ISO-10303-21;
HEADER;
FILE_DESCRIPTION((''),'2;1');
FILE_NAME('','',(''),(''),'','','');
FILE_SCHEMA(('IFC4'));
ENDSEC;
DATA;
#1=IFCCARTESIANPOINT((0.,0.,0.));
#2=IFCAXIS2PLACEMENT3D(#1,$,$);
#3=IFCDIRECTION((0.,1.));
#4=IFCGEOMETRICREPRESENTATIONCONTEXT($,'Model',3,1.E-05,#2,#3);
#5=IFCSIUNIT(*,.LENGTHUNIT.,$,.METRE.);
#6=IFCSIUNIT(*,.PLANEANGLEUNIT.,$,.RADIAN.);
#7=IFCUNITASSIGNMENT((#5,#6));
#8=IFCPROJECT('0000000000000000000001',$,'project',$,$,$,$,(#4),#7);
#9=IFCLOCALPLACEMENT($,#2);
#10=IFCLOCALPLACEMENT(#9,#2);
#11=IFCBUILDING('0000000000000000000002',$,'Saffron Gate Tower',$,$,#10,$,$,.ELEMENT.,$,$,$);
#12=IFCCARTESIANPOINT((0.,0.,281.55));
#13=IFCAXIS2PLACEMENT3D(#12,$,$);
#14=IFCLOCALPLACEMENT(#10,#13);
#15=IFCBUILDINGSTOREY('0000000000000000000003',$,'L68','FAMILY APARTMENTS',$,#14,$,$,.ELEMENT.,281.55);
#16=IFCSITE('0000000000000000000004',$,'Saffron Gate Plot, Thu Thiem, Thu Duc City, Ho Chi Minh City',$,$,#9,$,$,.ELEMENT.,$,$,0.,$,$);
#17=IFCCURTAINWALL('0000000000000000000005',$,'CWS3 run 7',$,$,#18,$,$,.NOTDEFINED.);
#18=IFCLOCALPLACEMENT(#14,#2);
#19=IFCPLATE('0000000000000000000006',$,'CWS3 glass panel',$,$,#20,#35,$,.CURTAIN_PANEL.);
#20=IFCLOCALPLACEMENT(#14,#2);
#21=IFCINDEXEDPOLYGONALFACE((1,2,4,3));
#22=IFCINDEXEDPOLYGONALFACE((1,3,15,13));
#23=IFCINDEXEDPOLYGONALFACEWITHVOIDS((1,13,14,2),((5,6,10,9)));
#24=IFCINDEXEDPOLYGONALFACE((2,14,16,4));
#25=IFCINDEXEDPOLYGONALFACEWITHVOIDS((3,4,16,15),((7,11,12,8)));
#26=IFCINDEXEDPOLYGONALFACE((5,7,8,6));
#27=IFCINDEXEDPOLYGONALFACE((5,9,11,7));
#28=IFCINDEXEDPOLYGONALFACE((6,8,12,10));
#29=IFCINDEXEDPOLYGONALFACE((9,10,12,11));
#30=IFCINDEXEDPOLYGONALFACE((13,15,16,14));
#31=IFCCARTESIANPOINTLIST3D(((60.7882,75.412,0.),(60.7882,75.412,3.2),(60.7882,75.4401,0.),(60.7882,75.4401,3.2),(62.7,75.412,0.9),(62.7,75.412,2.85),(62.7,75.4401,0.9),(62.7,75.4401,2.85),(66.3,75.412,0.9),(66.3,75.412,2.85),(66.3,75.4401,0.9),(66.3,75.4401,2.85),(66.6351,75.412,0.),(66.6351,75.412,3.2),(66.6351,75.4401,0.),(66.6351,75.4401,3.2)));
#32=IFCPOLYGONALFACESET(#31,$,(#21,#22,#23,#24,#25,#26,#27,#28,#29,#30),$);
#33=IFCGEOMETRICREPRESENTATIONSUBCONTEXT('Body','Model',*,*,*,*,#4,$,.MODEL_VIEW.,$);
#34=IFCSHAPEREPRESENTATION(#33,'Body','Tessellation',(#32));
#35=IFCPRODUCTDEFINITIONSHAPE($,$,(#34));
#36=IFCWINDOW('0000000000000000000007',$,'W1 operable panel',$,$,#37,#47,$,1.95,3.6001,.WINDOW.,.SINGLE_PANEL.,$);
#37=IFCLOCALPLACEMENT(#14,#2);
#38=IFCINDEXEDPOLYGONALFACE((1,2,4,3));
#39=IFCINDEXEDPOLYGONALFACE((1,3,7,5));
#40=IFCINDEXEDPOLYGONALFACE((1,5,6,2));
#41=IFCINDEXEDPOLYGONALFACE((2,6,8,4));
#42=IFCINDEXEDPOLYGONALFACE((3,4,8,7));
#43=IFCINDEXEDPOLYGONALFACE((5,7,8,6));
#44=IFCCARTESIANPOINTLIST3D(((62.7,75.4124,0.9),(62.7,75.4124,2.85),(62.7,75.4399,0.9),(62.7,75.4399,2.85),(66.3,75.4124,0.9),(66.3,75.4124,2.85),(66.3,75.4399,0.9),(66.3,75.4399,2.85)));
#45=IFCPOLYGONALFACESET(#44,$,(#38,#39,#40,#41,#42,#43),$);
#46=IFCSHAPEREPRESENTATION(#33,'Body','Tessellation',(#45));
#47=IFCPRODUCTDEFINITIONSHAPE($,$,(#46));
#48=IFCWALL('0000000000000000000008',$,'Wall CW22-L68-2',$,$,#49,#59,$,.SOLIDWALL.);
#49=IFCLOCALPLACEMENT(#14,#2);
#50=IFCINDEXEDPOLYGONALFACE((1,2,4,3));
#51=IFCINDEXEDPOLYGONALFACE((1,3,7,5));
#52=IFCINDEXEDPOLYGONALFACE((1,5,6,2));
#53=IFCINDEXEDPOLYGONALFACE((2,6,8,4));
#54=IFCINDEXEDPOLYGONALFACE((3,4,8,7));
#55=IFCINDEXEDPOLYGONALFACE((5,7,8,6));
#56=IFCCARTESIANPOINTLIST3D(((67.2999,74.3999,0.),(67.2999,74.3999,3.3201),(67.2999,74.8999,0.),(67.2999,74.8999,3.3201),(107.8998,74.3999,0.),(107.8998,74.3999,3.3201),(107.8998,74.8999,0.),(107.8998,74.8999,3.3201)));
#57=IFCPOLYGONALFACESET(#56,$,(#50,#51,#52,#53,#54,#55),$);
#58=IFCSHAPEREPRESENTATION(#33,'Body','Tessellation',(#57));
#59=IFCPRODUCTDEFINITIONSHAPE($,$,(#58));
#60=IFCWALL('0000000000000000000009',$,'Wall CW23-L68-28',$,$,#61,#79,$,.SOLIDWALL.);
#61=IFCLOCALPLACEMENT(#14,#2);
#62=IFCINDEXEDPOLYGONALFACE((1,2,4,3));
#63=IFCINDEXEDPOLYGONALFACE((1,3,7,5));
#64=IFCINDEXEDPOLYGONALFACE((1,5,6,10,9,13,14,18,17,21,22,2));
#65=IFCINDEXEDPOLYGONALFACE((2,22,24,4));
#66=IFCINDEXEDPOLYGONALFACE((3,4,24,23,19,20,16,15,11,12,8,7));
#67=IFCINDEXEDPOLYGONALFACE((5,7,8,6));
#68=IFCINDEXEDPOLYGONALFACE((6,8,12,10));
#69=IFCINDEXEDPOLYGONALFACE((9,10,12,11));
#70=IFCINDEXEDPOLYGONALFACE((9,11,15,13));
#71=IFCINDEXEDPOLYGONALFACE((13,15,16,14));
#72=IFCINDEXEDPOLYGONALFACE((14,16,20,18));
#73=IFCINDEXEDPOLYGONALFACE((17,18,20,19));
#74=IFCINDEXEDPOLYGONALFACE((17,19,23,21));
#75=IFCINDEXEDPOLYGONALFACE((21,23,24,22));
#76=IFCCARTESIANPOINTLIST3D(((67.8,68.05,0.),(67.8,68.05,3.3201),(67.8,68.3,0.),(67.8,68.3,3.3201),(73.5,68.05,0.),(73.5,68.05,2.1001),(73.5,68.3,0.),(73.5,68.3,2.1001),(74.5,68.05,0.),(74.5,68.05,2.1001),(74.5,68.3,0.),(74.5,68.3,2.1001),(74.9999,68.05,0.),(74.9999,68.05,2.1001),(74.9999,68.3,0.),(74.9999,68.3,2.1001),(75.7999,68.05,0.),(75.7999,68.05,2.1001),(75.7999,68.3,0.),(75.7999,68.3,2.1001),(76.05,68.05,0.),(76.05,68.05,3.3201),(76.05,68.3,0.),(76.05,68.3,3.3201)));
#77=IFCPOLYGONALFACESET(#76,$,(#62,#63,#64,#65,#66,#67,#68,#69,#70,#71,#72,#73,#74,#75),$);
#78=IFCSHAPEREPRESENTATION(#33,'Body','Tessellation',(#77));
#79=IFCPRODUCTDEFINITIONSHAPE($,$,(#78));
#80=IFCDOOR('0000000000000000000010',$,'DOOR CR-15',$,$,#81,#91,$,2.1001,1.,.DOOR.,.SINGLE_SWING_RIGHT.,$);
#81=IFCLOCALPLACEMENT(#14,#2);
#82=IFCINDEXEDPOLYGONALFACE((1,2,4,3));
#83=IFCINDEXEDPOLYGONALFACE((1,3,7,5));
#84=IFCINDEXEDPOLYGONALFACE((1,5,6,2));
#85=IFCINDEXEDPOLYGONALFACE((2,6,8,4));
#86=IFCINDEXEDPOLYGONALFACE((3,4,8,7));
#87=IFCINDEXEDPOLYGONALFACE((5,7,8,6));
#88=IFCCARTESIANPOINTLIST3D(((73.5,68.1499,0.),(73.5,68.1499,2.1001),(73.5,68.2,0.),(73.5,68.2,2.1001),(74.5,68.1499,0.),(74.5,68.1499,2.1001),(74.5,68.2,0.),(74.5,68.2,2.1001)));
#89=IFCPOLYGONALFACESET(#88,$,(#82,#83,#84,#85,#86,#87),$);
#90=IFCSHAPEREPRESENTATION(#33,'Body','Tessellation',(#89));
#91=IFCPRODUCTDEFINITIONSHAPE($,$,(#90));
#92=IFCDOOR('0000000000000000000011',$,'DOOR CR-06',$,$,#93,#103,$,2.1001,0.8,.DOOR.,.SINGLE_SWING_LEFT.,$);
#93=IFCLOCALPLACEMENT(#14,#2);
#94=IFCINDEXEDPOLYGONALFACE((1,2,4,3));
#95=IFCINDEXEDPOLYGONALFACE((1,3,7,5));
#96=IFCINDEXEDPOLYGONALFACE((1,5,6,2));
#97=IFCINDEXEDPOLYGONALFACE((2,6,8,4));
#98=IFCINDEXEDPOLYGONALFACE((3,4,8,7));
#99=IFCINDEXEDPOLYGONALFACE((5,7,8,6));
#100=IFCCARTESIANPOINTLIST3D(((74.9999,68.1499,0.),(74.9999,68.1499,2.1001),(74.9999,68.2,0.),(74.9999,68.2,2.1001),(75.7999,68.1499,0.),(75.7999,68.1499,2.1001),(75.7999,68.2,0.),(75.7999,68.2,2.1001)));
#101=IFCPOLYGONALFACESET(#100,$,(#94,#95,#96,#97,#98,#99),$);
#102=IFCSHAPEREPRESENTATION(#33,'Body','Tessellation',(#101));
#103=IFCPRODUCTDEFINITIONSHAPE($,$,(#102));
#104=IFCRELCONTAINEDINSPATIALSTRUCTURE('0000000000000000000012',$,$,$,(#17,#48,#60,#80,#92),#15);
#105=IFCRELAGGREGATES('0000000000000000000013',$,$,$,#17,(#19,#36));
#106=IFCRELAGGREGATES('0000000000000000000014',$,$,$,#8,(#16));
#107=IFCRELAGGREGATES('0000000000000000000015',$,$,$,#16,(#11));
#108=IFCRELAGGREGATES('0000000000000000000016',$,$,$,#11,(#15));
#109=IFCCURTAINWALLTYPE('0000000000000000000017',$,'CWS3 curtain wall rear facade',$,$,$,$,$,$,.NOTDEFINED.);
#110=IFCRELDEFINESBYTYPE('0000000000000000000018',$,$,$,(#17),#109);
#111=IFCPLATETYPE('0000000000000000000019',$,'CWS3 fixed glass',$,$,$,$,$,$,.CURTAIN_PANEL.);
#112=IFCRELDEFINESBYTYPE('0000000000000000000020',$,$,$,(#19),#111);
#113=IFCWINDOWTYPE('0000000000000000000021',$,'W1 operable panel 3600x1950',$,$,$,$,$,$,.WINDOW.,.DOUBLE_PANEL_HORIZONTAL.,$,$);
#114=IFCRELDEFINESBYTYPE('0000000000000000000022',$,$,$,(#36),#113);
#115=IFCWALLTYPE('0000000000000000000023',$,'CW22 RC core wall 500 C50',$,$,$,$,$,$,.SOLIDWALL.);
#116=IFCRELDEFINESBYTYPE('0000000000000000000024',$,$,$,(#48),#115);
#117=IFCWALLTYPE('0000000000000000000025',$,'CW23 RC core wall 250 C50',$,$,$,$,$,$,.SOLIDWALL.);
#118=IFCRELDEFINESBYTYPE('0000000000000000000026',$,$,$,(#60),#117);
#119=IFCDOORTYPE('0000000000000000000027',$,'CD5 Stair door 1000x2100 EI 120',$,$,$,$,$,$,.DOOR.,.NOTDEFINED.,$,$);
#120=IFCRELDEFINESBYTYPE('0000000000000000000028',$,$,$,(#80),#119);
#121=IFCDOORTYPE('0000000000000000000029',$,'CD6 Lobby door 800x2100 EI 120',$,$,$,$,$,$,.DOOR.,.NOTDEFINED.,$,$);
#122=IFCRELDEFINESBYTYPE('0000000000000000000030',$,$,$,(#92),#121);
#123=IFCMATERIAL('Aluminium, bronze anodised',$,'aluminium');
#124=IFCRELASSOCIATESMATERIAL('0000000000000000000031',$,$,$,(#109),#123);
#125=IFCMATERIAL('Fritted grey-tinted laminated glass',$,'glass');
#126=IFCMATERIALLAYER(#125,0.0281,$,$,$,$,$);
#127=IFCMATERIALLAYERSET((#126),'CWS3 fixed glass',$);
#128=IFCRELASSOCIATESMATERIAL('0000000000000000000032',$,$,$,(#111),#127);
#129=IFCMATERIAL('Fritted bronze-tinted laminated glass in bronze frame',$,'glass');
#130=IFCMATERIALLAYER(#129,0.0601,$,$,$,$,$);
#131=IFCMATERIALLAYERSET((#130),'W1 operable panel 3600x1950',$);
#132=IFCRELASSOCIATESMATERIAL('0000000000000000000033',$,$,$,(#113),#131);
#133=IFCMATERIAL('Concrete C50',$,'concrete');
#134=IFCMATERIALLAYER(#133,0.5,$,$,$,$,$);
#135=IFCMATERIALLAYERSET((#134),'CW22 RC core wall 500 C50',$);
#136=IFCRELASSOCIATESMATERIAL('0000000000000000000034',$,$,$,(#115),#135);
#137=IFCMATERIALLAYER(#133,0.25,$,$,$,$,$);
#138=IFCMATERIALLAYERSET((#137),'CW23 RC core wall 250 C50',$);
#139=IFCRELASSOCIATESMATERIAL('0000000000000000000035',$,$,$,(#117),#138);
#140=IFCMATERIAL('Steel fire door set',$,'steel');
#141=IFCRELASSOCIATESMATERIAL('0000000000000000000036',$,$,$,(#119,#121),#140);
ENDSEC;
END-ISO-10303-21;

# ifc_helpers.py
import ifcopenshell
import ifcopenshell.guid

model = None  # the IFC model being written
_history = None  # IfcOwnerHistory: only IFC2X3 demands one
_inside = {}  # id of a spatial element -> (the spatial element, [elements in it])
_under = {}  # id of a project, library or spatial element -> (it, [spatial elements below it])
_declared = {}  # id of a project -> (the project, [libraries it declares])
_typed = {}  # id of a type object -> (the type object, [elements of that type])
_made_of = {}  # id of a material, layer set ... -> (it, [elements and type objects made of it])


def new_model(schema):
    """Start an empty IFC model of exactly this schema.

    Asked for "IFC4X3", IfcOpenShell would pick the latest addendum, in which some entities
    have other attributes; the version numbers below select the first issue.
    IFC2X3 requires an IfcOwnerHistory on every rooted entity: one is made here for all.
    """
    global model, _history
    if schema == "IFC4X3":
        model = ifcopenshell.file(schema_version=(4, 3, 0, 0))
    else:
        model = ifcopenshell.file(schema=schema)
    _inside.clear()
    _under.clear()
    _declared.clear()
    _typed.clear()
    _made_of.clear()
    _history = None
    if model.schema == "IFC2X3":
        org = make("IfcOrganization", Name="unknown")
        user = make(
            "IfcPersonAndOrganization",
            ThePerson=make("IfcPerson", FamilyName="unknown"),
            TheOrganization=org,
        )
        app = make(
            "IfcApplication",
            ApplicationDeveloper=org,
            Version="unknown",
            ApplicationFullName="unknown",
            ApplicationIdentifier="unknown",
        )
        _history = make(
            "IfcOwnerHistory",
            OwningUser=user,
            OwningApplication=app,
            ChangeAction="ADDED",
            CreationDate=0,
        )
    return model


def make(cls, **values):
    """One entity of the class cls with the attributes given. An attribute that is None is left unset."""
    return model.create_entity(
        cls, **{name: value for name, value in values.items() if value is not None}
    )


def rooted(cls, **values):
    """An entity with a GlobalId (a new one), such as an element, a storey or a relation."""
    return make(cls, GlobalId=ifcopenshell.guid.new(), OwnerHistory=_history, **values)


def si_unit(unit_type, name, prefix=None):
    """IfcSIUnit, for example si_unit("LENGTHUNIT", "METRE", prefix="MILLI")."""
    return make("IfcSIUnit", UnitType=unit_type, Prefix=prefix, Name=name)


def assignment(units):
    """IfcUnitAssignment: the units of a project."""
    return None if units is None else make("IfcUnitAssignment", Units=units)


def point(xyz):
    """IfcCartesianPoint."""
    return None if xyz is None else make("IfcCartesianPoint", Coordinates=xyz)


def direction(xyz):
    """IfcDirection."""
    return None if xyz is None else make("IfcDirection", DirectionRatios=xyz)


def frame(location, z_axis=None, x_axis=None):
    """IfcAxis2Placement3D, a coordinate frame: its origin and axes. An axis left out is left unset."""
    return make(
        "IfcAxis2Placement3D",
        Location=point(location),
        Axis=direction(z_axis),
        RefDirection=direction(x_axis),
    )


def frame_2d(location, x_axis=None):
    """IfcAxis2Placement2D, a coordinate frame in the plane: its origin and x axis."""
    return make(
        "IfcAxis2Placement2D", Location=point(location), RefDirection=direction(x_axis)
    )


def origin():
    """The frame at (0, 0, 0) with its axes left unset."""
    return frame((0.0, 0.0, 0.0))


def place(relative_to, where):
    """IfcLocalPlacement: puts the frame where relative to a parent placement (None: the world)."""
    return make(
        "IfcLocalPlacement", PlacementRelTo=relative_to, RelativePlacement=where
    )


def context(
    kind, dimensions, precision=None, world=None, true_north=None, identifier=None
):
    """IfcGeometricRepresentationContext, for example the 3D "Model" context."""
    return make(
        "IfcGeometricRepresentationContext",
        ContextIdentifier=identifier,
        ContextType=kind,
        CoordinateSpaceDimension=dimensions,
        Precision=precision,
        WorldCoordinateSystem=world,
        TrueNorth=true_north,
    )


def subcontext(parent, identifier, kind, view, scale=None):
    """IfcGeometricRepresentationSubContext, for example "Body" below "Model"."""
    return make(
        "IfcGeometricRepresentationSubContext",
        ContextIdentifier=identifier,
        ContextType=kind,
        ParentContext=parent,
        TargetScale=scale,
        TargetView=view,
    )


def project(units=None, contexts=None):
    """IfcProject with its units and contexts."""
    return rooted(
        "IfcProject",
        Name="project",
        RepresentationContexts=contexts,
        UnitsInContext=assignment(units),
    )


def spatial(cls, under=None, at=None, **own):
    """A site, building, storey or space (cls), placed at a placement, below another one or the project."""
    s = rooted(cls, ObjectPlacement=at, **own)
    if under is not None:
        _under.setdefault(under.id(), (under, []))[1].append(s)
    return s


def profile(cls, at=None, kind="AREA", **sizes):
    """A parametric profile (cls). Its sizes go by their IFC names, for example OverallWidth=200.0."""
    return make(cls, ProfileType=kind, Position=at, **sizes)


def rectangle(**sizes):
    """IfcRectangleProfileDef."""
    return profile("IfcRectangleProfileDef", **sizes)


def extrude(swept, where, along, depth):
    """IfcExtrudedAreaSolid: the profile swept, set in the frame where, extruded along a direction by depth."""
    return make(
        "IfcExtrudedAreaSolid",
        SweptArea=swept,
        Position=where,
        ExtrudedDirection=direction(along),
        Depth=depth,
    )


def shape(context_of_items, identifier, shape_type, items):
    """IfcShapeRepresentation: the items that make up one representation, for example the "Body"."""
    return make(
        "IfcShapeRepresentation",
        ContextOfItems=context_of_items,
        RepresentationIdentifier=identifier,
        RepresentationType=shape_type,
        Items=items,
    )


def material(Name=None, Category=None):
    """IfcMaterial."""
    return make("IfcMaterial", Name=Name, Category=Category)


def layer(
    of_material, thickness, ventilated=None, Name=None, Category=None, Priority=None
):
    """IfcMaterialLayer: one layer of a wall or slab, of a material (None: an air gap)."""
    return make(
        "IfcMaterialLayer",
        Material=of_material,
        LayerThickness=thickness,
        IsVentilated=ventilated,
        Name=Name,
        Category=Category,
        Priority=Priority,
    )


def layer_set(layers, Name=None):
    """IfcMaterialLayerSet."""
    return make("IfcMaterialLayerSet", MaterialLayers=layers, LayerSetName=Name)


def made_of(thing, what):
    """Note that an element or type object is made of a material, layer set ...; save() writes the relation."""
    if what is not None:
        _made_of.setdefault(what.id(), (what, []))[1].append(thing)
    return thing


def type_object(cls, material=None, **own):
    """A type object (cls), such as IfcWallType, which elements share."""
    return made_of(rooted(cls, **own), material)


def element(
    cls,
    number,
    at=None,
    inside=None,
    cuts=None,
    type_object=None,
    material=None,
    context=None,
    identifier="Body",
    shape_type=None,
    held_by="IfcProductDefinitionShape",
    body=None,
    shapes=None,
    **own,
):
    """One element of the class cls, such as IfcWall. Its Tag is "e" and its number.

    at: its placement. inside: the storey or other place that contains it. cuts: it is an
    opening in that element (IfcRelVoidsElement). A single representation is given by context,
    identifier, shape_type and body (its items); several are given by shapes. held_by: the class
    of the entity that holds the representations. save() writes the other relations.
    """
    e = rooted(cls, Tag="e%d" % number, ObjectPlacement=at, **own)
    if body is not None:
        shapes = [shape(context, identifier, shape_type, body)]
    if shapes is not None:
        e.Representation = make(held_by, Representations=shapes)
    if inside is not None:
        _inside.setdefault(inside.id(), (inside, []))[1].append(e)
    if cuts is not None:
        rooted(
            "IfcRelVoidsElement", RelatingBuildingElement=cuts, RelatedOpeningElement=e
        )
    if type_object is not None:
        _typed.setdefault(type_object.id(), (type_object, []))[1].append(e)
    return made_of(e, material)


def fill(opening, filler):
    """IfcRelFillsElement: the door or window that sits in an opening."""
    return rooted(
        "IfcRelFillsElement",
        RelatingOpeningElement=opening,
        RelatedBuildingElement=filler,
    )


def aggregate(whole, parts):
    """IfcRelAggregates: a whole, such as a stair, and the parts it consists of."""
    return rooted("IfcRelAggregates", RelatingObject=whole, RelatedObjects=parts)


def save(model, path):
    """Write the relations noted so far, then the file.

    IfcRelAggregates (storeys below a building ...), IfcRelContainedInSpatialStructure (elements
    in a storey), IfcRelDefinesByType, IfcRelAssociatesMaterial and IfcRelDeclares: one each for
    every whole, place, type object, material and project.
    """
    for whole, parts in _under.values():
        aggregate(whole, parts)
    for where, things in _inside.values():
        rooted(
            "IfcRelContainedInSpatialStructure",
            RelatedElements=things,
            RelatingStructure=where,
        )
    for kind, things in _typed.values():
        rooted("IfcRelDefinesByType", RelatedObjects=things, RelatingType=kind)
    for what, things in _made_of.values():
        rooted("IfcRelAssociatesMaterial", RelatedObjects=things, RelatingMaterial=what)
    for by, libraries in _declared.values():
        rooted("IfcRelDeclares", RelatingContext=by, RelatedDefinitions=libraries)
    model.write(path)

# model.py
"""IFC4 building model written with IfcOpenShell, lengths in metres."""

from ifc_helpers import new_model, si_unit, direction, frame, frame_2d, origin, place, context, subcontext, project, spatial, rectangle, extrude, material, layer, layer_set, type_object, element, fill, aggregate, save


model = new_model("IFC4")

# Units and contexts
model_context = context("Model", 3, precision=1e-05, world=origin(), true_north=direction((0.0, 1.0)))
body_context = subcontext(model_context, "Body", "Model", "MODEL_VIEW")
ifc_project = project(units=[si_unit("LENGTHUNIT", "METRE"), si_unit("PLANEANGLEUNIT", "RADIAN")], contexts=[model_context])

# Site, building, storey
site_placement = place(None, origin())
site = spatial("IfcSite", under=ifc_project, at=site_placement, Name="Saffron Gate Plot, Thu Thiem, Thu Duc City, Ho Chi Minh City", CompositionType="ELEMENT", RefElevation=0.0)
building_placement = place(site_placement, origin())
building = spatial("IfcBuilding", under=site, at=building_placement, Name="Saffron Gate Tower", CompositionType="ELEMENT")
storey_placement = place(building_placement, frame((0.0, 0.0, 281.55)))
storey = spatial("IfcBuildingStorey", under=building, at=storey_placement, Name="L68", Description="FAMILY APARTMENTS", CompositionType="ELEMENT", Elevation=281.55)

# Curtain wall, plate, opening, window
ifc_material_1 = material(Name="Aluminium, bronze anodised", Category="aluminium")
curtain_wall_type = type_object("IfcCurtainWallType", Name="CWS3 curtain wall rear facade", PredefinedType="NOTDEFINED", material=ifc_material_1)
curtain_wall_placement = place(storey_placement, origin())
curtain_wall = element("IfcCurtainWall", 1, at=curtain_wall_placement, inside=storey, type_object=curtain_wall_type, Name="CWS3 run 7", PredefinedType="NOTDEFINED")
ifc_material_2 = material(Name="Fritted grey-tinted laminated glass", Category="glass")
ifc_layer_1 = layer(ifc_material_2, 0.0281)
ifc_layer_set_1 = layer_set([ifc_layer_1], Name="CWS3 fixed glass")
plate_type = type_object("IfcPlateType", Name="CWS3 fixed glass", PredefinedType="CURTAIN_PANEL", material=ifc_layer_set_1)
plate_placement = place(storey_placement, frame((66.635, 75.426, 0.0), z_axis=(0.0, 0.0, 1.0), x_axis=(-1.0, 0.0, 0.0)))
plate = element("IfcPlate", 2, at=plate_placement, type_object=plate_type, Name="CWS3 glass panel", PredefinedType="CURTAIN_PANEL", context=body_context, shape_type="SweptSolid", body=[
    extrude(rectangle(XDim=5.8469, YDim=0.0281, at=frame_2d((2.9233, 0.0))), origin(), (0.0, 0.0, 1.0), 3.2),
])
opening_1_placement = place(plate_placement, frame((0.335, 0.0, 0.8999)))
opening_1 = element("IfcOpeningElement", 3, at=opening_1_placement, cuts=plate, PredefinedType="OPENING", context=body_context, shape_type="SweptSolid", body=[
    extrude(rectangle(XDim=3.6001, YDim=1.95, at=frame_2d((1.8, 0.9751))), frame((0.0, 0.0239, 0.0), z_axis=(0.0, -1.0, 0.0), x_axis=(1.0, 0.0, 0.0)), (0.0, 0.0, 1.0), 0.0481),
])
ifc_material_3 = material(Name="Fritted bronze-tinted laminated glass in bronze frame", Category="glass")
ifc_layer_2 = layer(ifc_material_3, 0.0601)
ifc_layer_set_2 = layer_set([ifc_layer_2], Name="W1 operable panel 3600x1950")
window_type = type_object("IfcWindowType", Name="W1 operable panel 3600x1950", PartitioningType="DOUBLE_PANEL_HORIZONTAL", PredefinedType="WINDOW", material=ifc_layer_set_2)
window_placement = place(opening_1_placement, origin())
window = element("IfcWindow", 4, at=window_placement, type_object=window_type, Name="W1 operable panel", OverallHeight=1.95, OverallWidth=3.6001, PartitioningType="SINGLE_PANEL", PredefinedType="WINDOW", context=body_context, shape_type="SweptSolid", body=[
    extrude(rectangle(XDim=3.6001, YDim=1.95, at=frame_2d((1.8, 0.9751))), frame((0.0, 0.0137, 0.0), z_axis=(0.0, -1.0, 0.0), x_axis=(1.0, 0.0, 0.0)), (0.0, 0.0, 1.0), 0.0276),
])
fill(opening_1, window)
aggregate(curtain_wall, [plate, window])

# Wall
ifc_material_4 = material(Name="Concrete C50", Category="concrete")
ifc_layer_3 = layer(ifc_material_4, 0.5)
ifc_layer_set_3 = layer_set([ifc_layer_3], Name="CW22 RC core wall 500 C50")
wall_type_1 = type_object("IfcWallType", Name="CW22 RC core wall 500 C50", PredefinedType="SOLIDWALL", material=ifc_layer_set_3)
wall_1_placement = place(storey_placement, frame((67.3, 74.6499, 0.0), z_axis=(0.0, 0.0, 1.0), x_axis=(1.0, 0.0, 0.0)))
element("IfcWall", 5, at=wall_1_placement, inside=storey, type_object=wall_type_1, Name="Wall CW22-L68-2", PredefinedType="SOLIDWALL", context=body_context, shape_type="SweptSolid", body=[
    extrude(rectangle(XDim=40.5999, YDim=0.5, at=frame_2d((20.2998, 0.0))), origin(), (0.0, 0.0, 1.0), 3.3201),
])

# Wall, openings, doors
ifc_layer_4 = layer(ifc_material_4, 0.25)
ifc_layer_set_4 = layer_set([ifc_layer_4], Name="CW23 RC core wall 250 C50")
wall_type_2 = type_object("IfcWallType", Name="CW23 RC core wall 250 C50", PredefinedType="SOLIDWALL", material=ifc_layer_set_4)
wall_2_placement = place(storey_placement, frame((67.8, 68.175, 0.0), z_axis=(0.0, 0.0, 1.0), x_axis=(1.0, 0.0, 0.0)))
wall_2 = element("IfcWall", 6, at=wall_2_placement, inside=storey, type_object=wall_type_2, Name="Wall CW23-L68-28", PredefinedType="SOLIDWALL", context=body_context, shape_type="SweptSolid", body=[
    extrude(rectangle(XDim=8.25, YDim=0.25, at=frame_2d((4.125, 0.0))), origin(), (0.0, 0.0, 1.0), 3.3201),
])
opening_2_placement = place(wall_2_placement, frame((5.7, 0.0, 0.0)))
opening_2 = element("IfcOpeningElement", 7, at=opening_2_placement, cuts=wall_2, PredefinedType="OPENING", context=body_context, shape_type="SweptSolid", body=[
    extrude(rectangle(XDim=1.0, YDim=2.1001, at=frame_2d((0.5, 1.05))), frame((0.0, 0.135, 0.0), z_axis=(0.0, -1.0, 0.0), x_axis=(1.0, 0.0, 0.0)), (0.0, 0.0, 1.0), 0.27),
])
opening_3_placement = place(wall_2_placement, frame((7.2, 0.0, 0.0)))
opening_3 = element("IfcOpeningElement", 8, at=opening_3_placement, cuts=wall_2, PredefinedType="OPENING", context=body_context, shape_type="SweptSolid", body=[
    extrude(rectangle(XDim=0.8, YDim=2.1001, at=frame_2d((0.3999, 1.05))), frame((0.0, 0.135, 0.0), z_axis=(0.0, -1.0, 0.0), x_axis=(1.0, 0.0, 0.0)), (0.0, 0.0, 1.0), 0.27),
])
ifc_material_5 = material(Name="Steel fire door set", Category="steel")
door_type_1 = type_object("IfcDoorType", Name="CD5 Stair door 1000x2100 EI 120", OperationType="NOTDEFINED", PredefinedType="DOOR", material=ifc_material_5)
door_1_placement = place(opening_2_placement, origin())
door_1 = element("IfcDoor", 9, at=door_1_placement, inside=storey, type_object=door_type_1, Name="DOOR CR-15", OperationType="SINGLE_SWING_RIGHT", OverallHeight=2.1001, OverallWidth=1.0, PredefinedType="DOOR", context=body_context, shape_type="SweptSolid", body=[
    extrude(rectangle(XDim=1.0, YDim=2.1001, at=frame_2d((0.5, 1.05))), frame((0.0, 0.0249, 0.0), z_axis=(0.0, -1.0, 0.0), x_axis=(1.0, 0.0, 0.0)), (0.0, 0.0, 1.0), 0.05),
])
fill(opening_2, door_1)
door_type_2 = type_object("IfcDoorType", Name="CD6 Lobby door 800x2100 EI 120", OperationType="NOTDEFINED", PredefinedType="DOOR", material=ifc_material_5)
door_2_placement = place(opening_3_placement, origin())
door_2 = element("IfcDoor", 10, at=door_2_placement, inside=storey, type_object=door_type_2, Name="DOOR CR-06", OperationType="SINGLE_SWING_LEFT", OverallHeight=2.1001, OverallWidth=0.8, PredefinedType="DOOR", context=body_context, shape_type="SweptSolid", body=[
    extrude(rectangle(XDim=0.8, YDim=2.1001, at=frame_2d((0.3999, 1.05))), frame((0.0, 0.0249, 0.0), z_axis=(0.0, -1.0, 0.0), x_axis=(1.0, 0.0, 0.0)), (0.0, 0.0, 1.0), 0.05),
])
fill(opening_3, door_2)

save(model, "model.ifc")
